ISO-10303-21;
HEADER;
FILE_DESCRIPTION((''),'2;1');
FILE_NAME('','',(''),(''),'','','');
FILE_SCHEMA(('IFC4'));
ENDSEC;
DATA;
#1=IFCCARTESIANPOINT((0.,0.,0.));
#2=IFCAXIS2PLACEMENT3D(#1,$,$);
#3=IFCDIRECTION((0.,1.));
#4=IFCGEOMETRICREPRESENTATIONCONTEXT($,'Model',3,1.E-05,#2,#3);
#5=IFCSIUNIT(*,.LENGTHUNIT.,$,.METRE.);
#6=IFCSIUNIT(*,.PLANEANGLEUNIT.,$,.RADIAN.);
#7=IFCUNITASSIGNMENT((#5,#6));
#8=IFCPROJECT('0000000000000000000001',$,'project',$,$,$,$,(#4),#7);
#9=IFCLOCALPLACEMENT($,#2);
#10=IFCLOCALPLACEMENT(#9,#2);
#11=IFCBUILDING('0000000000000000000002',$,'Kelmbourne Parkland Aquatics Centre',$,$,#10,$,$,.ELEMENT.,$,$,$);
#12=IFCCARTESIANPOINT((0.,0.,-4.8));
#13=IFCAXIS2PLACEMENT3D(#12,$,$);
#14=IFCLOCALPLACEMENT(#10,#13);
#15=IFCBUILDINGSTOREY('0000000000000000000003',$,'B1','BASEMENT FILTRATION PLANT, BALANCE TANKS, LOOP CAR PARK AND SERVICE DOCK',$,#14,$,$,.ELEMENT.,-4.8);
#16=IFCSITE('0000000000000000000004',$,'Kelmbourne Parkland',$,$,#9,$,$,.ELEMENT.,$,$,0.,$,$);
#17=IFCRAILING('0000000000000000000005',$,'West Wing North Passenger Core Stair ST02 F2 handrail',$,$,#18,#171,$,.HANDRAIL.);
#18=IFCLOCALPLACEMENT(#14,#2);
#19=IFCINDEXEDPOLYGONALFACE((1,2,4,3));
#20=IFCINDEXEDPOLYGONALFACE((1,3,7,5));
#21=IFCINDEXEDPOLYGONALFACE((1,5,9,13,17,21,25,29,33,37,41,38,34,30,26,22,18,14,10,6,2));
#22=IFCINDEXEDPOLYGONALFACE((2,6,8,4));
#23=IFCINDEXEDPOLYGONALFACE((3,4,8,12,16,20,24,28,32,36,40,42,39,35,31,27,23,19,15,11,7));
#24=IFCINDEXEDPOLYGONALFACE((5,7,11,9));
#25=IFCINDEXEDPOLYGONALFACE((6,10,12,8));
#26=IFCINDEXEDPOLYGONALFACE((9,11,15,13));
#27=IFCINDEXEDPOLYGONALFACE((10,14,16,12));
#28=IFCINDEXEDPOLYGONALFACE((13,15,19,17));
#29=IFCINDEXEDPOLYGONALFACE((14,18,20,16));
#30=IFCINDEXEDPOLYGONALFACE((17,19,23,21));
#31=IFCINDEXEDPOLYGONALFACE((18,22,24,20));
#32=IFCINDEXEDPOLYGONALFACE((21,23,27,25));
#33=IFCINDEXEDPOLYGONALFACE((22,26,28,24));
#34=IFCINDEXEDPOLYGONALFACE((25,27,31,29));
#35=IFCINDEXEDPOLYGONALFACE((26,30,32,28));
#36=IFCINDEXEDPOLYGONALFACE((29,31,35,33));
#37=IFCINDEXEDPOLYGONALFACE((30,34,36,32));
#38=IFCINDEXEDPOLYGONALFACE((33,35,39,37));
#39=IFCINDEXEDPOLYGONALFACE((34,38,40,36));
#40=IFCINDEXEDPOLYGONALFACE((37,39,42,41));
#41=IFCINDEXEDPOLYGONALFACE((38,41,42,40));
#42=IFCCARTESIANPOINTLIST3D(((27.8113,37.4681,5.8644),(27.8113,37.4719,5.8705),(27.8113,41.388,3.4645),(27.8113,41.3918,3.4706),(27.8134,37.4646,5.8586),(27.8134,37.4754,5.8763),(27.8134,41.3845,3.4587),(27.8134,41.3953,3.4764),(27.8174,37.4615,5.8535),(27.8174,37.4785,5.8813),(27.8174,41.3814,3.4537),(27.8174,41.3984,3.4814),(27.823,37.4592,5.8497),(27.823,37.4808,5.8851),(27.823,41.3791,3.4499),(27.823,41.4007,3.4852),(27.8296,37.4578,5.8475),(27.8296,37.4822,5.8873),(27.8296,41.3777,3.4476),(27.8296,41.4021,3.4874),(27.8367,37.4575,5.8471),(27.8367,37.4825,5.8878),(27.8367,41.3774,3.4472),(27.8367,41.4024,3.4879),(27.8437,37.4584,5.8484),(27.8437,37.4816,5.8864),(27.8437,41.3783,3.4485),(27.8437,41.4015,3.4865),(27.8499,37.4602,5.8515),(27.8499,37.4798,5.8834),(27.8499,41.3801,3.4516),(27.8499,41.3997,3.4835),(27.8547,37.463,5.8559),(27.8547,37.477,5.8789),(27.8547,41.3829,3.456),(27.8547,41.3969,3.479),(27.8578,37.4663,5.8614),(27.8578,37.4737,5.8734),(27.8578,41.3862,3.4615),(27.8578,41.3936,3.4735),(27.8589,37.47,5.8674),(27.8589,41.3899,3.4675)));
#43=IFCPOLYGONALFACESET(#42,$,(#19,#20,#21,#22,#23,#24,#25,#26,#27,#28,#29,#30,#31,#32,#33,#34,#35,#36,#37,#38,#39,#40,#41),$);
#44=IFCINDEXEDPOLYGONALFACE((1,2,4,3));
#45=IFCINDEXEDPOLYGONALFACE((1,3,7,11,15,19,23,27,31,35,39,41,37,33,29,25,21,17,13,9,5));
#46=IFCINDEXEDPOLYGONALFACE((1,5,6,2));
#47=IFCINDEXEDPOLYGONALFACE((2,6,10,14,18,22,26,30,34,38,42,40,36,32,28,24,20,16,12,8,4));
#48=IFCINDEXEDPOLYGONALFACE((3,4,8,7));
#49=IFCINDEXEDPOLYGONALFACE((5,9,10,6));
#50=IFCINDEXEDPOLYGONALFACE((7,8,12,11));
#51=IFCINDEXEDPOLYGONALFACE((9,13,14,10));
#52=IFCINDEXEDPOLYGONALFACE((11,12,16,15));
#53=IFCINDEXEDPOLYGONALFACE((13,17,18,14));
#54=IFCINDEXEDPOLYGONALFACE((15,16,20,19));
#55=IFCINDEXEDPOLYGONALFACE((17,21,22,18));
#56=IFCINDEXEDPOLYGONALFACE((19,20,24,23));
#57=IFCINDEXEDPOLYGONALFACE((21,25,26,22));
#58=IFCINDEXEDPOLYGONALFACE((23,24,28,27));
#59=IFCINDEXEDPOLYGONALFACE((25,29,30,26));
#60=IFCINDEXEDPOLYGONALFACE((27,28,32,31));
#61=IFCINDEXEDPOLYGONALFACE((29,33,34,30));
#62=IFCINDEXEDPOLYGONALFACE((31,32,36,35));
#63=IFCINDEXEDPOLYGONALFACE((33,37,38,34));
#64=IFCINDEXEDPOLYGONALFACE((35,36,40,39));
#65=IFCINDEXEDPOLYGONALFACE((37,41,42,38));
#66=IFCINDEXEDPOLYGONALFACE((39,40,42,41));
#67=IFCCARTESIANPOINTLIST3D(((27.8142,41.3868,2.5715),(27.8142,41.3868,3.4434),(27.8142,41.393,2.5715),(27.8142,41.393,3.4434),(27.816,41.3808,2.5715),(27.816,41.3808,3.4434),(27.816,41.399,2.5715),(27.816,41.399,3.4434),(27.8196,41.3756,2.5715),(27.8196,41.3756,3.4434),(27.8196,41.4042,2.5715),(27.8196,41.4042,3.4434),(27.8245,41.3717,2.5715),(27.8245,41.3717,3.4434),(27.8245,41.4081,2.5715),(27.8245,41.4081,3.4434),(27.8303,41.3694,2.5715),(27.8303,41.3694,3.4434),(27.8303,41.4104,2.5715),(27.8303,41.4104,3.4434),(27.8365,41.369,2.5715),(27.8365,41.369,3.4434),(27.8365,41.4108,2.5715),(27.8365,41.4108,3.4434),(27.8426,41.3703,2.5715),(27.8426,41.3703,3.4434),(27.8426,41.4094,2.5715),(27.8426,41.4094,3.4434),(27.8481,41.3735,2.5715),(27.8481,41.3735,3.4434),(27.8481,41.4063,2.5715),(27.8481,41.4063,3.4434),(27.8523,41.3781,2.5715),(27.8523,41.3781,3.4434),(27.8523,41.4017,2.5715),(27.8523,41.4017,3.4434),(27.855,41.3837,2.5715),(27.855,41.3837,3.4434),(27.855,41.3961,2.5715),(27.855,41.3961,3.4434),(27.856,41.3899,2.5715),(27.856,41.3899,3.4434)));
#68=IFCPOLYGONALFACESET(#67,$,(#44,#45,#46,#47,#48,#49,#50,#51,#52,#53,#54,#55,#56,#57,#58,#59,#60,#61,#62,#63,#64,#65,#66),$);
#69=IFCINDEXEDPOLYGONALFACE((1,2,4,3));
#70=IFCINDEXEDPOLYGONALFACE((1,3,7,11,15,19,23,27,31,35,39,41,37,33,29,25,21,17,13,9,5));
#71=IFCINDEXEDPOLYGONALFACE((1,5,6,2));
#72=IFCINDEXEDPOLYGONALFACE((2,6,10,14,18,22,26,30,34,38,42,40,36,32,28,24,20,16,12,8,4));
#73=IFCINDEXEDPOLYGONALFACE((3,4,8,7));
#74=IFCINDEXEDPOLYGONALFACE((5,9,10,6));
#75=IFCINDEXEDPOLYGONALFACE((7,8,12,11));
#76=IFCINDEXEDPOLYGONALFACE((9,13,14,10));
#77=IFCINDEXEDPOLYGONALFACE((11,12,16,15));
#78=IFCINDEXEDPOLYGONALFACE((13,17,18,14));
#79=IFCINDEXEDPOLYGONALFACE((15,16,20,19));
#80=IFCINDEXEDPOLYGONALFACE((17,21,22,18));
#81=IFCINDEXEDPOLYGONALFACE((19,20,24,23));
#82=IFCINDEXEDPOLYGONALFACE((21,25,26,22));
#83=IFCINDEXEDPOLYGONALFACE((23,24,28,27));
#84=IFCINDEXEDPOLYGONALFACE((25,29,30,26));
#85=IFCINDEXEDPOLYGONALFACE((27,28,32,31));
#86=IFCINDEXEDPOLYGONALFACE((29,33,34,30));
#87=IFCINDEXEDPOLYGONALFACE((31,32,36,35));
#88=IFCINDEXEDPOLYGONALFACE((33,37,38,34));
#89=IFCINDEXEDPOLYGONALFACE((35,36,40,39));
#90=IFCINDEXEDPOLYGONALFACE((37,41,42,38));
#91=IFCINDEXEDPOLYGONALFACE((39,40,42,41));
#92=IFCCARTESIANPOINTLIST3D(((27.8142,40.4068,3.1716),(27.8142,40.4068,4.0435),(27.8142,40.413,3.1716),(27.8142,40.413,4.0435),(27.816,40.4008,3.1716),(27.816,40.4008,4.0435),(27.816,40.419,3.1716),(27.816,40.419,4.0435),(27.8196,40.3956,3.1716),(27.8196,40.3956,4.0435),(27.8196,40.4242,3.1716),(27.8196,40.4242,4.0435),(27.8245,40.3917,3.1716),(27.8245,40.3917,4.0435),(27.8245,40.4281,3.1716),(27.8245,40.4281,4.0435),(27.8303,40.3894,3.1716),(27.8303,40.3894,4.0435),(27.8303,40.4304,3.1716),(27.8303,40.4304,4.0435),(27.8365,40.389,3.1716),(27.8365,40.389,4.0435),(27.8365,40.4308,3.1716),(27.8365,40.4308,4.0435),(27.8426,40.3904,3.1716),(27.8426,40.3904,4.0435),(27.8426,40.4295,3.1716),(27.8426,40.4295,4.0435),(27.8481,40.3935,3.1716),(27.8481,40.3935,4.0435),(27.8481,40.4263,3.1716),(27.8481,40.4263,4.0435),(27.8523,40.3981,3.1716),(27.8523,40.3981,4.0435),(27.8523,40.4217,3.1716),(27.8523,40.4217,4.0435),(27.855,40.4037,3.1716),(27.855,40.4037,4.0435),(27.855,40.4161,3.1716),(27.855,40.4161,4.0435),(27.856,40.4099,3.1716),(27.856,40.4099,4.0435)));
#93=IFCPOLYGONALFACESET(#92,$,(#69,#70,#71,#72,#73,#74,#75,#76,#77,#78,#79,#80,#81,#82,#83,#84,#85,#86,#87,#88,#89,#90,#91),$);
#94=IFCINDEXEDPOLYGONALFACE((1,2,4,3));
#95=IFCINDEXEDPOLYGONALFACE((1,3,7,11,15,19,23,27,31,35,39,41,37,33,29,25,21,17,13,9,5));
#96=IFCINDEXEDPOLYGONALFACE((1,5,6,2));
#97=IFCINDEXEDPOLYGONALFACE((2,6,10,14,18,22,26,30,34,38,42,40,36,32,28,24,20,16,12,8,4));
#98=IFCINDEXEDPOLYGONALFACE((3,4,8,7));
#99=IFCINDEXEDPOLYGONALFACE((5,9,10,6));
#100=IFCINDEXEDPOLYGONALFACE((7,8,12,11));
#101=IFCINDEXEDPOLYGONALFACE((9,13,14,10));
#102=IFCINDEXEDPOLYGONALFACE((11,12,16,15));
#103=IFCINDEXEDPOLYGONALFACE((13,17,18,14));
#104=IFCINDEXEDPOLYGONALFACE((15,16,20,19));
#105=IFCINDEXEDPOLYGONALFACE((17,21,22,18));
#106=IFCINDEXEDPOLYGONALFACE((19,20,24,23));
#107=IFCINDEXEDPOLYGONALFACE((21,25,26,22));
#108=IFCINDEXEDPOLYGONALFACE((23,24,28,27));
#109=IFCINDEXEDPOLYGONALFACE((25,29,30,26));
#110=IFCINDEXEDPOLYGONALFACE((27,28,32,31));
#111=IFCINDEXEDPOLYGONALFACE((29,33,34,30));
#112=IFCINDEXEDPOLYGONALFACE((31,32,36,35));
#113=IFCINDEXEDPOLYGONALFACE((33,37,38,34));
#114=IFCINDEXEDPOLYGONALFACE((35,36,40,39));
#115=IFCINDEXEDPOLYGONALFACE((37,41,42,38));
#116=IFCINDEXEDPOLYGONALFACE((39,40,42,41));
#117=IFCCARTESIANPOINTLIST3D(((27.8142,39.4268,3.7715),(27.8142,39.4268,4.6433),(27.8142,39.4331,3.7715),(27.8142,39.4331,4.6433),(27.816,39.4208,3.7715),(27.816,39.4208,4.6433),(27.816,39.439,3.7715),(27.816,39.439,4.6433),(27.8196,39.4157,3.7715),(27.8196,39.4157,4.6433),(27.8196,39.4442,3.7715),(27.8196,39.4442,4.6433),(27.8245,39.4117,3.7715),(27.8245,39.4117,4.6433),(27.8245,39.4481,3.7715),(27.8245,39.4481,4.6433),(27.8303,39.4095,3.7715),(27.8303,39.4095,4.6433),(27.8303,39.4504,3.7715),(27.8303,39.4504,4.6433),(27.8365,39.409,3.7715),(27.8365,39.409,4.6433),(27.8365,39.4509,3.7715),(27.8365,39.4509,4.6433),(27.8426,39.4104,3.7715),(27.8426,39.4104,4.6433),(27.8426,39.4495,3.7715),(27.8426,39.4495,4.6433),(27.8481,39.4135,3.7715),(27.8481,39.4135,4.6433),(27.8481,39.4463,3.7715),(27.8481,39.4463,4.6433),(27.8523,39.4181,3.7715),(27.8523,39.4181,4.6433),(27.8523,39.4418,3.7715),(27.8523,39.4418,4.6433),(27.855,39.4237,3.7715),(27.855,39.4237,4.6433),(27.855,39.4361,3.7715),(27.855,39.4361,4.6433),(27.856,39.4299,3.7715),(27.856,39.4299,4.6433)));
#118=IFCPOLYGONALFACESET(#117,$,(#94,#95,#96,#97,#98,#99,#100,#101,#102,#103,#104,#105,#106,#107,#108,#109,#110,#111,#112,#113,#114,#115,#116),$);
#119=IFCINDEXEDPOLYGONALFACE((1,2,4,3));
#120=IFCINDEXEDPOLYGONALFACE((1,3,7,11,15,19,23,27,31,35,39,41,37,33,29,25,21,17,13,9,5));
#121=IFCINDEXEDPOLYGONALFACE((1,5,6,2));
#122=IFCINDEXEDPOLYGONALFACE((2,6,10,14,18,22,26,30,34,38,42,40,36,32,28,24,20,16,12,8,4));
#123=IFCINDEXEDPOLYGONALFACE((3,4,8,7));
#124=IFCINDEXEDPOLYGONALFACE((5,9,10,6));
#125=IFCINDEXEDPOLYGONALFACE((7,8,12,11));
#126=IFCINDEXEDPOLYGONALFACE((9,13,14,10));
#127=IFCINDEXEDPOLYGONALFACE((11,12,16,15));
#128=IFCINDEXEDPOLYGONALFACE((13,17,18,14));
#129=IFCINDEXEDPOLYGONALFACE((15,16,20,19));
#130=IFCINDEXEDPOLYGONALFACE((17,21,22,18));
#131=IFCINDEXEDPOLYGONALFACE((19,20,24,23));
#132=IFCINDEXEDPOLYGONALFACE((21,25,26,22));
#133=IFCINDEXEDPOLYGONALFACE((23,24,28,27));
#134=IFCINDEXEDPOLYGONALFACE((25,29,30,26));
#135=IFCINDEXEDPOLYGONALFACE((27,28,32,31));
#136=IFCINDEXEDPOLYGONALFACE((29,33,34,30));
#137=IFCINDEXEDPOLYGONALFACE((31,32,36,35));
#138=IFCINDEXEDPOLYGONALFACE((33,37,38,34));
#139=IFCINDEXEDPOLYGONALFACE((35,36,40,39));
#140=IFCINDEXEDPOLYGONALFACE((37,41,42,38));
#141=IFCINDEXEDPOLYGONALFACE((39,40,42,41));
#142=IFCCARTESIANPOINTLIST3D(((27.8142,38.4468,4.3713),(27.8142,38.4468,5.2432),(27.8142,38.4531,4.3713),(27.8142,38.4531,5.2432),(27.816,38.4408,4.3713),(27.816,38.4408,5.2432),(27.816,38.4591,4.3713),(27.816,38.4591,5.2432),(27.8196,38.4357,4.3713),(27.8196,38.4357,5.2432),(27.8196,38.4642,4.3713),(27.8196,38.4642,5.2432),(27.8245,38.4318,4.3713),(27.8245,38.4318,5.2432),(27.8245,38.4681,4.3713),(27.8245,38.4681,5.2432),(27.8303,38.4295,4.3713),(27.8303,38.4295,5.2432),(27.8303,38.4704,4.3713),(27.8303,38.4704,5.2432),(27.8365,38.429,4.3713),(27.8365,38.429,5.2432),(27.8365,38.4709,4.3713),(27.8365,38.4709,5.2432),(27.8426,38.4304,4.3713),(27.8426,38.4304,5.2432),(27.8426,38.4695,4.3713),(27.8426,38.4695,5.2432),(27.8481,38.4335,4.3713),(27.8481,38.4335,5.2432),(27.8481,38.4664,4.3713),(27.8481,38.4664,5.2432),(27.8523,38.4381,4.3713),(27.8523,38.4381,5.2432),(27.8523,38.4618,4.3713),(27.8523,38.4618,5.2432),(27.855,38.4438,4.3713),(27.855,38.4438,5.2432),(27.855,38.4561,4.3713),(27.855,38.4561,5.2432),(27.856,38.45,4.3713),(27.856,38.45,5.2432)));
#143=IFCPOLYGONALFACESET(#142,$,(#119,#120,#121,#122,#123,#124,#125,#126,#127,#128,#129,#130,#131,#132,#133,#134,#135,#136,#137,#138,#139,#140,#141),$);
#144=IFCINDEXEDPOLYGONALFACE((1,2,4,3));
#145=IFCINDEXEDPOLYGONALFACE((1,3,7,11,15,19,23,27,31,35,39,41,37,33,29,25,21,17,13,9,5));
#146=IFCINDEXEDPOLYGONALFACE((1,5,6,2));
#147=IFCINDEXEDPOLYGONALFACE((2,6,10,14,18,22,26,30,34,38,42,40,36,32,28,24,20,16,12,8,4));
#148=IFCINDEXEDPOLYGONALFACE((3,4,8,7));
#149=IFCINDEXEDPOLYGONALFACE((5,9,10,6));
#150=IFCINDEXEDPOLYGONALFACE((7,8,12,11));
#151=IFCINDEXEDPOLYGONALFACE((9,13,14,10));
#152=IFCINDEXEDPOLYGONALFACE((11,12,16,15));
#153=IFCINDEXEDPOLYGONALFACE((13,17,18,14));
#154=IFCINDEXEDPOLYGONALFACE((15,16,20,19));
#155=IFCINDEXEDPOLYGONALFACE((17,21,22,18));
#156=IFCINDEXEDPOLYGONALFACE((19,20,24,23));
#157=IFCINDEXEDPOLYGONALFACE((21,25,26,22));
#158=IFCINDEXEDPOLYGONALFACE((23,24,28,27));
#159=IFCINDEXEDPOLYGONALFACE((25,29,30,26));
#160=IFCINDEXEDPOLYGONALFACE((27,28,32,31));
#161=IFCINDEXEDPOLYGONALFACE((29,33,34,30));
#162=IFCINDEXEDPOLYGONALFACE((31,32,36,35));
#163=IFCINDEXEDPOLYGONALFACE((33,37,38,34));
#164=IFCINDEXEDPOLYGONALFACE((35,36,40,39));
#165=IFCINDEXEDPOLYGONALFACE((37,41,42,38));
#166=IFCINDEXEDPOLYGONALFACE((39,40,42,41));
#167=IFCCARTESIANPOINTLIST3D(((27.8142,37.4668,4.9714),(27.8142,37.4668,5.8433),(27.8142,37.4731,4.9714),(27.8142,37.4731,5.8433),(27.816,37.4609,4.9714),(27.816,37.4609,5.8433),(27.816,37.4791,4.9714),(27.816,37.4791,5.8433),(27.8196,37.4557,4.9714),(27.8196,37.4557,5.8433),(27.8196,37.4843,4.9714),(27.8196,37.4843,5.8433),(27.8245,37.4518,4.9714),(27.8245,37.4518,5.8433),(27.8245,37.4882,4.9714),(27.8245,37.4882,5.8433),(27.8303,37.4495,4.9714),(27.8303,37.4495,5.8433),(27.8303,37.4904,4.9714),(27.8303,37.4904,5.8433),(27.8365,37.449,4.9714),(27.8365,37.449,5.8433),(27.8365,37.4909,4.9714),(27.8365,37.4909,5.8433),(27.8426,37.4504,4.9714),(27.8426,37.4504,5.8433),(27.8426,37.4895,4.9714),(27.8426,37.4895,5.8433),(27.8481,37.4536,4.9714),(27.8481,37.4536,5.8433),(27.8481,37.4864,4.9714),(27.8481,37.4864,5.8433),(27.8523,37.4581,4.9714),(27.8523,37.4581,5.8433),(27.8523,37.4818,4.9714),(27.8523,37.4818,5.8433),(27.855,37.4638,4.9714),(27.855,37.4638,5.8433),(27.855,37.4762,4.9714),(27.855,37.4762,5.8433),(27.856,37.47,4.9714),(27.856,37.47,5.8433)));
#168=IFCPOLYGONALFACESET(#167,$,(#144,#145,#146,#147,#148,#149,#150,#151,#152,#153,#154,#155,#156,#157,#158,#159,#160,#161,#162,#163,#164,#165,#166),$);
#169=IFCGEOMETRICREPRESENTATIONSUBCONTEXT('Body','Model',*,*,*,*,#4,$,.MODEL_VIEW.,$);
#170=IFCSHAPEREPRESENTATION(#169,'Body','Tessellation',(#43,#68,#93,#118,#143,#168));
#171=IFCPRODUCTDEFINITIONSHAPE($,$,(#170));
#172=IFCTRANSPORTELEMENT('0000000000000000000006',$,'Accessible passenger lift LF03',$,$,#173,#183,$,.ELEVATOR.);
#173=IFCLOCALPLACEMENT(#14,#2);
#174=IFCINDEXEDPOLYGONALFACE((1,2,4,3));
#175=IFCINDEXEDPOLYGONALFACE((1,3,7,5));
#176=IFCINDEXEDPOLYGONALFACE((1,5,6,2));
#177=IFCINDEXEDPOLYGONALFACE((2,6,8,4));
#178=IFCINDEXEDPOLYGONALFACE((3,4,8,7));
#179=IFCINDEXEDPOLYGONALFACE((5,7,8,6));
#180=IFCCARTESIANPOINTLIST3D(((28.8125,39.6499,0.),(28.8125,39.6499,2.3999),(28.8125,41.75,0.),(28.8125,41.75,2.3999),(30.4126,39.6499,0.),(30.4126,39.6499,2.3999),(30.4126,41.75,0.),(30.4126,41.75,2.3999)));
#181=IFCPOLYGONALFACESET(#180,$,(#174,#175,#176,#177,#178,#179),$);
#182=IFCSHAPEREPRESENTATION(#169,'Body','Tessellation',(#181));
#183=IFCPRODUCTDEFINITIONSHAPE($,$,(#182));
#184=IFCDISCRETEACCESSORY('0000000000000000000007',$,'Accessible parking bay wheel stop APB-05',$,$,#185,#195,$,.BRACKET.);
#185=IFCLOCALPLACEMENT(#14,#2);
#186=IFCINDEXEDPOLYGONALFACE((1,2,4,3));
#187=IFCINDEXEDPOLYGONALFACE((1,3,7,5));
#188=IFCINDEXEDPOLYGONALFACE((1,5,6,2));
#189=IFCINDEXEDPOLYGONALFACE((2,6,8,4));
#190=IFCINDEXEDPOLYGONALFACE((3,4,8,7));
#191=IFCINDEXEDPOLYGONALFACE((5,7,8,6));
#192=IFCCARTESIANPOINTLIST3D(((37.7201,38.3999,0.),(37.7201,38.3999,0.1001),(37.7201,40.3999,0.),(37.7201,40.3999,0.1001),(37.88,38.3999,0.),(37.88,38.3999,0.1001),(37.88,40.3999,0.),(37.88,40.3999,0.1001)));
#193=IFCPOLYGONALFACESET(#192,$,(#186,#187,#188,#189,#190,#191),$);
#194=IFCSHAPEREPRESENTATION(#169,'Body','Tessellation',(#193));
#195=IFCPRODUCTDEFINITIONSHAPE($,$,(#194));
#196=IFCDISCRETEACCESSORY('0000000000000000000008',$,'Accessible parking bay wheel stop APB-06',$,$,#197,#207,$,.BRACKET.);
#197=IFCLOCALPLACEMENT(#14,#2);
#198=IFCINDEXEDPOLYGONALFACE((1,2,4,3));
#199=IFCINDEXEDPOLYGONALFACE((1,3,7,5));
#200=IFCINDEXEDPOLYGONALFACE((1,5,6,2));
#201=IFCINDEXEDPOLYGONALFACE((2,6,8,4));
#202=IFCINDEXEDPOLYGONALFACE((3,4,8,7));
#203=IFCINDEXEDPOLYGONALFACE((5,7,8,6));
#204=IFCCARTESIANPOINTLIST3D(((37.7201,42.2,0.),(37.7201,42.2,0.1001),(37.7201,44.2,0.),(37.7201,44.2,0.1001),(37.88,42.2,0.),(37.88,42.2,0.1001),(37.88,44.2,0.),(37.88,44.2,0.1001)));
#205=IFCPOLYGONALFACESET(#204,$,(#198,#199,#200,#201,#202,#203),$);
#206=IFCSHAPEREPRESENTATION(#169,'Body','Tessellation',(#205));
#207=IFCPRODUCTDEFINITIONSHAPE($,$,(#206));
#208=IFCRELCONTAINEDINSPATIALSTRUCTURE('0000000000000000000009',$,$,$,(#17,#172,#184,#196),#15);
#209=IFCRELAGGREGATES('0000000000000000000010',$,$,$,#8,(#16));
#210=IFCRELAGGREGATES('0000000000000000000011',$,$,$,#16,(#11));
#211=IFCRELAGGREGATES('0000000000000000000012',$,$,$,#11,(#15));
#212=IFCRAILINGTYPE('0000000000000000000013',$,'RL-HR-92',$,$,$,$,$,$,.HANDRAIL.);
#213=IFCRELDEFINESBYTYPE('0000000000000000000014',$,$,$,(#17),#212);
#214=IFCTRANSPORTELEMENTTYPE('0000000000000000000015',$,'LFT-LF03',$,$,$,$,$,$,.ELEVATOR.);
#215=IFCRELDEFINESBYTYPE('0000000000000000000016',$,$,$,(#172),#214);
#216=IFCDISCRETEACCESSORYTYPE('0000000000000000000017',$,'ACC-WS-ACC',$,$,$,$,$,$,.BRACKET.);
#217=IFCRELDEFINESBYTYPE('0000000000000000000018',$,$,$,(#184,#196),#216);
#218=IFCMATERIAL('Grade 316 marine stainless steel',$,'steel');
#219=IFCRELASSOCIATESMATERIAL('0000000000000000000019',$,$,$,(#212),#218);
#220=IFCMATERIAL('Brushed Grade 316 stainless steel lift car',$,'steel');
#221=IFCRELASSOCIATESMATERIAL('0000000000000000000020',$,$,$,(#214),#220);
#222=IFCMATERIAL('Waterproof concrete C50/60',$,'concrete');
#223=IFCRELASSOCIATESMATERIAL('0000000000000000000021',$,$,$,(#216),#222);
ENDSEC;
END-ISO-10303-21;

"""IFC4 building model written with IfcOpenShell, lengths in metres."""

from ifc_helpers import new_model, si_unit, direction, frame, origin, origin_2d, place, context, subcontext, project, spatial, rectangle, circle, extrude, material, type_object, element, save


model = new_model("IFC4")

# Units and contexts
model_context = context("Model", 3, precision=1e-05, world=origin(), true_north=direction((0.0, 1.0)))
body_context = subcontext(model_context, "Body", "Model", "MODEL_VIEW")
ifc_project = project(units=[si_unit("LENGTHUNIT", "METRE"), si_unit("PLANEANGLEUNIT", "RADIAN")], contexts=[model_context])

# Site, building, storey
site_placement = place(None, origin())
site = spatial("IfcSite", under=ifc_project, at=site_placement, Name="Kelmbourne Parkland", CompositionType="ELEMENT", RefElevation=0.0)
building_placement = place(site_placement, origin())
building = spatial("IfcBuilding", under=site, at=building_placement, Name="Kelmbourne Parkland Aquatics Centre", CompositionType="ELEMENT")
storey_placement = place(building_placement, frame((0.0, 0.0, -4.8)))
storey = spatial("IfcBuildingStorey", under=building, at=storey_placement, Name="B1", Description="BASEMENT FILTRATION PLANT, BALANCE TANKS, LOOP CAR PARK AND SERVICE DOCK", CompositionType="ELEMENT", Elevation=-4.8)

# Shared definitions
ifc_material_1 = material(Name="Waterproof concrete C50/60", Category="concrete")

# Railing
ifc_material_2 = material(Name="Grade 316 marine stainless steel", Category="steel")
railing_type_1 = type_object("IfcRailingType", Name="RL-HR-92", PredefinedType="HANDRAIL", material=ifc_material_2)
railing_1_placement = place(storey_placement, frame((27.835, 41.3899, 2.5715)))
element("IfcRailing", 1, at=railing_1_placement, inside=storey, type_object=railing_type_1, Name="West Wing North Passenger Core Stair ST02 F2 handrail", PredefinedType="HANDRAIL", context=body_context, shape_type="SweptSolid", body=[
    extrude(circle(Radius=0.0239, at=origin_2d()), frame((0.0, 0.0, 0.896), z_axis=(0.0, -0.852856, 0.522146), x_axis=(1.0, 0.0, 0.0)), (0.0, 0.0, 1.0), 4.5962),
    extrude(circle(Radius=0.021, at=origin_2d()), origin(), (0.0, 0.0, 1.0), 0.8718),
    extrude(circle(Radius=0.021, at=origin_2d()), frame((0.0, -0.98, 0.6001)), (0.0, 0.0, 1.0), 0.8718),
    extrude(circle(Radius=0.021, at=origin_2d()), frame((0.0, -1.96, 1.2)), (0.0, 0.0, 1.0), 0.8718),
    extrude(circle(Radius=0.021, at=origin_2d()), frame((0.0, -2.9399, 1.7998)), (0.0, 0.0, 1.0), 0.8718),
    extrude(circle(Radius=0.021, at=origin_2d()), frame((0.0, -3.9199, 2.3999)), (0.0, 0.0, 1.0), 0.8718),
])

# Transport element
ifc_material_3 = material(Name="Brushed Grade 316 stainless steel lift car", Category="steel")
transport_element_type = type_object("IfcTransportElementType", Name="LFT-LF03", PredefinedType="ELEVATOR", material=ifc_material_3)
transport_element_placement = place(storey_placement, frame((29.6125, 40.7, 0.0), z_axis=(0.0, 0.0, 1.0), x_axis=(1.0, 0.0, 0.0)))
element("IfcTransportElement", 2, at=transport_element_placement, inside=storey, type_object=transport_element_type, Name="Accessible passenger lift LF03", PredefinedType="ELEVATOR", context=body_context, shape_type="SweptSolid", body=[
    extrude(rectangle(XDim=1.6001, YDim=2.1001, at=origin_2d()), origin(), (0.0, 0.0, 1.0), 2.3999),
])

# Discrete accessories
discrete_accessory_type = type_object("IfcDiscreteAccessoryType", Name="ACC-WS-ACC", PredefinedType="BRACKET", material=ifc_material_1)
for number, where, z_axis, x_axis, name in (
    (3, (37.8, 39.3999, 0.0), (0.0, 0.0, 1.0), (1.0, 0.0, 0.0), "Accessible parking bay wheel stop APB-05"),
    (4, (37.8, 43.2, 0.0), (0.0, 0.0, 1.0), (1.0, 0.0, 0.0), "Accessible parking bay wheel stop APB-06"),
):
    element("IfcDiscreteAccessory", number, at=place(storey_placement, frame(where, z_axis=z_axis, x_axis=x_axis)), inside=storey, type_object=discrete_accessory_type, Name=name, PredefinedType="BRACKET", context=body_context, shape_type="SweptSolid", body=[
        extrude(rectangle(XDim=0.1599, YDim=2.0, at=origin_2d()), origin(), (0.0, 0.0, 1.0), 0.1001),
    ])

save(model, "model.ifc")
